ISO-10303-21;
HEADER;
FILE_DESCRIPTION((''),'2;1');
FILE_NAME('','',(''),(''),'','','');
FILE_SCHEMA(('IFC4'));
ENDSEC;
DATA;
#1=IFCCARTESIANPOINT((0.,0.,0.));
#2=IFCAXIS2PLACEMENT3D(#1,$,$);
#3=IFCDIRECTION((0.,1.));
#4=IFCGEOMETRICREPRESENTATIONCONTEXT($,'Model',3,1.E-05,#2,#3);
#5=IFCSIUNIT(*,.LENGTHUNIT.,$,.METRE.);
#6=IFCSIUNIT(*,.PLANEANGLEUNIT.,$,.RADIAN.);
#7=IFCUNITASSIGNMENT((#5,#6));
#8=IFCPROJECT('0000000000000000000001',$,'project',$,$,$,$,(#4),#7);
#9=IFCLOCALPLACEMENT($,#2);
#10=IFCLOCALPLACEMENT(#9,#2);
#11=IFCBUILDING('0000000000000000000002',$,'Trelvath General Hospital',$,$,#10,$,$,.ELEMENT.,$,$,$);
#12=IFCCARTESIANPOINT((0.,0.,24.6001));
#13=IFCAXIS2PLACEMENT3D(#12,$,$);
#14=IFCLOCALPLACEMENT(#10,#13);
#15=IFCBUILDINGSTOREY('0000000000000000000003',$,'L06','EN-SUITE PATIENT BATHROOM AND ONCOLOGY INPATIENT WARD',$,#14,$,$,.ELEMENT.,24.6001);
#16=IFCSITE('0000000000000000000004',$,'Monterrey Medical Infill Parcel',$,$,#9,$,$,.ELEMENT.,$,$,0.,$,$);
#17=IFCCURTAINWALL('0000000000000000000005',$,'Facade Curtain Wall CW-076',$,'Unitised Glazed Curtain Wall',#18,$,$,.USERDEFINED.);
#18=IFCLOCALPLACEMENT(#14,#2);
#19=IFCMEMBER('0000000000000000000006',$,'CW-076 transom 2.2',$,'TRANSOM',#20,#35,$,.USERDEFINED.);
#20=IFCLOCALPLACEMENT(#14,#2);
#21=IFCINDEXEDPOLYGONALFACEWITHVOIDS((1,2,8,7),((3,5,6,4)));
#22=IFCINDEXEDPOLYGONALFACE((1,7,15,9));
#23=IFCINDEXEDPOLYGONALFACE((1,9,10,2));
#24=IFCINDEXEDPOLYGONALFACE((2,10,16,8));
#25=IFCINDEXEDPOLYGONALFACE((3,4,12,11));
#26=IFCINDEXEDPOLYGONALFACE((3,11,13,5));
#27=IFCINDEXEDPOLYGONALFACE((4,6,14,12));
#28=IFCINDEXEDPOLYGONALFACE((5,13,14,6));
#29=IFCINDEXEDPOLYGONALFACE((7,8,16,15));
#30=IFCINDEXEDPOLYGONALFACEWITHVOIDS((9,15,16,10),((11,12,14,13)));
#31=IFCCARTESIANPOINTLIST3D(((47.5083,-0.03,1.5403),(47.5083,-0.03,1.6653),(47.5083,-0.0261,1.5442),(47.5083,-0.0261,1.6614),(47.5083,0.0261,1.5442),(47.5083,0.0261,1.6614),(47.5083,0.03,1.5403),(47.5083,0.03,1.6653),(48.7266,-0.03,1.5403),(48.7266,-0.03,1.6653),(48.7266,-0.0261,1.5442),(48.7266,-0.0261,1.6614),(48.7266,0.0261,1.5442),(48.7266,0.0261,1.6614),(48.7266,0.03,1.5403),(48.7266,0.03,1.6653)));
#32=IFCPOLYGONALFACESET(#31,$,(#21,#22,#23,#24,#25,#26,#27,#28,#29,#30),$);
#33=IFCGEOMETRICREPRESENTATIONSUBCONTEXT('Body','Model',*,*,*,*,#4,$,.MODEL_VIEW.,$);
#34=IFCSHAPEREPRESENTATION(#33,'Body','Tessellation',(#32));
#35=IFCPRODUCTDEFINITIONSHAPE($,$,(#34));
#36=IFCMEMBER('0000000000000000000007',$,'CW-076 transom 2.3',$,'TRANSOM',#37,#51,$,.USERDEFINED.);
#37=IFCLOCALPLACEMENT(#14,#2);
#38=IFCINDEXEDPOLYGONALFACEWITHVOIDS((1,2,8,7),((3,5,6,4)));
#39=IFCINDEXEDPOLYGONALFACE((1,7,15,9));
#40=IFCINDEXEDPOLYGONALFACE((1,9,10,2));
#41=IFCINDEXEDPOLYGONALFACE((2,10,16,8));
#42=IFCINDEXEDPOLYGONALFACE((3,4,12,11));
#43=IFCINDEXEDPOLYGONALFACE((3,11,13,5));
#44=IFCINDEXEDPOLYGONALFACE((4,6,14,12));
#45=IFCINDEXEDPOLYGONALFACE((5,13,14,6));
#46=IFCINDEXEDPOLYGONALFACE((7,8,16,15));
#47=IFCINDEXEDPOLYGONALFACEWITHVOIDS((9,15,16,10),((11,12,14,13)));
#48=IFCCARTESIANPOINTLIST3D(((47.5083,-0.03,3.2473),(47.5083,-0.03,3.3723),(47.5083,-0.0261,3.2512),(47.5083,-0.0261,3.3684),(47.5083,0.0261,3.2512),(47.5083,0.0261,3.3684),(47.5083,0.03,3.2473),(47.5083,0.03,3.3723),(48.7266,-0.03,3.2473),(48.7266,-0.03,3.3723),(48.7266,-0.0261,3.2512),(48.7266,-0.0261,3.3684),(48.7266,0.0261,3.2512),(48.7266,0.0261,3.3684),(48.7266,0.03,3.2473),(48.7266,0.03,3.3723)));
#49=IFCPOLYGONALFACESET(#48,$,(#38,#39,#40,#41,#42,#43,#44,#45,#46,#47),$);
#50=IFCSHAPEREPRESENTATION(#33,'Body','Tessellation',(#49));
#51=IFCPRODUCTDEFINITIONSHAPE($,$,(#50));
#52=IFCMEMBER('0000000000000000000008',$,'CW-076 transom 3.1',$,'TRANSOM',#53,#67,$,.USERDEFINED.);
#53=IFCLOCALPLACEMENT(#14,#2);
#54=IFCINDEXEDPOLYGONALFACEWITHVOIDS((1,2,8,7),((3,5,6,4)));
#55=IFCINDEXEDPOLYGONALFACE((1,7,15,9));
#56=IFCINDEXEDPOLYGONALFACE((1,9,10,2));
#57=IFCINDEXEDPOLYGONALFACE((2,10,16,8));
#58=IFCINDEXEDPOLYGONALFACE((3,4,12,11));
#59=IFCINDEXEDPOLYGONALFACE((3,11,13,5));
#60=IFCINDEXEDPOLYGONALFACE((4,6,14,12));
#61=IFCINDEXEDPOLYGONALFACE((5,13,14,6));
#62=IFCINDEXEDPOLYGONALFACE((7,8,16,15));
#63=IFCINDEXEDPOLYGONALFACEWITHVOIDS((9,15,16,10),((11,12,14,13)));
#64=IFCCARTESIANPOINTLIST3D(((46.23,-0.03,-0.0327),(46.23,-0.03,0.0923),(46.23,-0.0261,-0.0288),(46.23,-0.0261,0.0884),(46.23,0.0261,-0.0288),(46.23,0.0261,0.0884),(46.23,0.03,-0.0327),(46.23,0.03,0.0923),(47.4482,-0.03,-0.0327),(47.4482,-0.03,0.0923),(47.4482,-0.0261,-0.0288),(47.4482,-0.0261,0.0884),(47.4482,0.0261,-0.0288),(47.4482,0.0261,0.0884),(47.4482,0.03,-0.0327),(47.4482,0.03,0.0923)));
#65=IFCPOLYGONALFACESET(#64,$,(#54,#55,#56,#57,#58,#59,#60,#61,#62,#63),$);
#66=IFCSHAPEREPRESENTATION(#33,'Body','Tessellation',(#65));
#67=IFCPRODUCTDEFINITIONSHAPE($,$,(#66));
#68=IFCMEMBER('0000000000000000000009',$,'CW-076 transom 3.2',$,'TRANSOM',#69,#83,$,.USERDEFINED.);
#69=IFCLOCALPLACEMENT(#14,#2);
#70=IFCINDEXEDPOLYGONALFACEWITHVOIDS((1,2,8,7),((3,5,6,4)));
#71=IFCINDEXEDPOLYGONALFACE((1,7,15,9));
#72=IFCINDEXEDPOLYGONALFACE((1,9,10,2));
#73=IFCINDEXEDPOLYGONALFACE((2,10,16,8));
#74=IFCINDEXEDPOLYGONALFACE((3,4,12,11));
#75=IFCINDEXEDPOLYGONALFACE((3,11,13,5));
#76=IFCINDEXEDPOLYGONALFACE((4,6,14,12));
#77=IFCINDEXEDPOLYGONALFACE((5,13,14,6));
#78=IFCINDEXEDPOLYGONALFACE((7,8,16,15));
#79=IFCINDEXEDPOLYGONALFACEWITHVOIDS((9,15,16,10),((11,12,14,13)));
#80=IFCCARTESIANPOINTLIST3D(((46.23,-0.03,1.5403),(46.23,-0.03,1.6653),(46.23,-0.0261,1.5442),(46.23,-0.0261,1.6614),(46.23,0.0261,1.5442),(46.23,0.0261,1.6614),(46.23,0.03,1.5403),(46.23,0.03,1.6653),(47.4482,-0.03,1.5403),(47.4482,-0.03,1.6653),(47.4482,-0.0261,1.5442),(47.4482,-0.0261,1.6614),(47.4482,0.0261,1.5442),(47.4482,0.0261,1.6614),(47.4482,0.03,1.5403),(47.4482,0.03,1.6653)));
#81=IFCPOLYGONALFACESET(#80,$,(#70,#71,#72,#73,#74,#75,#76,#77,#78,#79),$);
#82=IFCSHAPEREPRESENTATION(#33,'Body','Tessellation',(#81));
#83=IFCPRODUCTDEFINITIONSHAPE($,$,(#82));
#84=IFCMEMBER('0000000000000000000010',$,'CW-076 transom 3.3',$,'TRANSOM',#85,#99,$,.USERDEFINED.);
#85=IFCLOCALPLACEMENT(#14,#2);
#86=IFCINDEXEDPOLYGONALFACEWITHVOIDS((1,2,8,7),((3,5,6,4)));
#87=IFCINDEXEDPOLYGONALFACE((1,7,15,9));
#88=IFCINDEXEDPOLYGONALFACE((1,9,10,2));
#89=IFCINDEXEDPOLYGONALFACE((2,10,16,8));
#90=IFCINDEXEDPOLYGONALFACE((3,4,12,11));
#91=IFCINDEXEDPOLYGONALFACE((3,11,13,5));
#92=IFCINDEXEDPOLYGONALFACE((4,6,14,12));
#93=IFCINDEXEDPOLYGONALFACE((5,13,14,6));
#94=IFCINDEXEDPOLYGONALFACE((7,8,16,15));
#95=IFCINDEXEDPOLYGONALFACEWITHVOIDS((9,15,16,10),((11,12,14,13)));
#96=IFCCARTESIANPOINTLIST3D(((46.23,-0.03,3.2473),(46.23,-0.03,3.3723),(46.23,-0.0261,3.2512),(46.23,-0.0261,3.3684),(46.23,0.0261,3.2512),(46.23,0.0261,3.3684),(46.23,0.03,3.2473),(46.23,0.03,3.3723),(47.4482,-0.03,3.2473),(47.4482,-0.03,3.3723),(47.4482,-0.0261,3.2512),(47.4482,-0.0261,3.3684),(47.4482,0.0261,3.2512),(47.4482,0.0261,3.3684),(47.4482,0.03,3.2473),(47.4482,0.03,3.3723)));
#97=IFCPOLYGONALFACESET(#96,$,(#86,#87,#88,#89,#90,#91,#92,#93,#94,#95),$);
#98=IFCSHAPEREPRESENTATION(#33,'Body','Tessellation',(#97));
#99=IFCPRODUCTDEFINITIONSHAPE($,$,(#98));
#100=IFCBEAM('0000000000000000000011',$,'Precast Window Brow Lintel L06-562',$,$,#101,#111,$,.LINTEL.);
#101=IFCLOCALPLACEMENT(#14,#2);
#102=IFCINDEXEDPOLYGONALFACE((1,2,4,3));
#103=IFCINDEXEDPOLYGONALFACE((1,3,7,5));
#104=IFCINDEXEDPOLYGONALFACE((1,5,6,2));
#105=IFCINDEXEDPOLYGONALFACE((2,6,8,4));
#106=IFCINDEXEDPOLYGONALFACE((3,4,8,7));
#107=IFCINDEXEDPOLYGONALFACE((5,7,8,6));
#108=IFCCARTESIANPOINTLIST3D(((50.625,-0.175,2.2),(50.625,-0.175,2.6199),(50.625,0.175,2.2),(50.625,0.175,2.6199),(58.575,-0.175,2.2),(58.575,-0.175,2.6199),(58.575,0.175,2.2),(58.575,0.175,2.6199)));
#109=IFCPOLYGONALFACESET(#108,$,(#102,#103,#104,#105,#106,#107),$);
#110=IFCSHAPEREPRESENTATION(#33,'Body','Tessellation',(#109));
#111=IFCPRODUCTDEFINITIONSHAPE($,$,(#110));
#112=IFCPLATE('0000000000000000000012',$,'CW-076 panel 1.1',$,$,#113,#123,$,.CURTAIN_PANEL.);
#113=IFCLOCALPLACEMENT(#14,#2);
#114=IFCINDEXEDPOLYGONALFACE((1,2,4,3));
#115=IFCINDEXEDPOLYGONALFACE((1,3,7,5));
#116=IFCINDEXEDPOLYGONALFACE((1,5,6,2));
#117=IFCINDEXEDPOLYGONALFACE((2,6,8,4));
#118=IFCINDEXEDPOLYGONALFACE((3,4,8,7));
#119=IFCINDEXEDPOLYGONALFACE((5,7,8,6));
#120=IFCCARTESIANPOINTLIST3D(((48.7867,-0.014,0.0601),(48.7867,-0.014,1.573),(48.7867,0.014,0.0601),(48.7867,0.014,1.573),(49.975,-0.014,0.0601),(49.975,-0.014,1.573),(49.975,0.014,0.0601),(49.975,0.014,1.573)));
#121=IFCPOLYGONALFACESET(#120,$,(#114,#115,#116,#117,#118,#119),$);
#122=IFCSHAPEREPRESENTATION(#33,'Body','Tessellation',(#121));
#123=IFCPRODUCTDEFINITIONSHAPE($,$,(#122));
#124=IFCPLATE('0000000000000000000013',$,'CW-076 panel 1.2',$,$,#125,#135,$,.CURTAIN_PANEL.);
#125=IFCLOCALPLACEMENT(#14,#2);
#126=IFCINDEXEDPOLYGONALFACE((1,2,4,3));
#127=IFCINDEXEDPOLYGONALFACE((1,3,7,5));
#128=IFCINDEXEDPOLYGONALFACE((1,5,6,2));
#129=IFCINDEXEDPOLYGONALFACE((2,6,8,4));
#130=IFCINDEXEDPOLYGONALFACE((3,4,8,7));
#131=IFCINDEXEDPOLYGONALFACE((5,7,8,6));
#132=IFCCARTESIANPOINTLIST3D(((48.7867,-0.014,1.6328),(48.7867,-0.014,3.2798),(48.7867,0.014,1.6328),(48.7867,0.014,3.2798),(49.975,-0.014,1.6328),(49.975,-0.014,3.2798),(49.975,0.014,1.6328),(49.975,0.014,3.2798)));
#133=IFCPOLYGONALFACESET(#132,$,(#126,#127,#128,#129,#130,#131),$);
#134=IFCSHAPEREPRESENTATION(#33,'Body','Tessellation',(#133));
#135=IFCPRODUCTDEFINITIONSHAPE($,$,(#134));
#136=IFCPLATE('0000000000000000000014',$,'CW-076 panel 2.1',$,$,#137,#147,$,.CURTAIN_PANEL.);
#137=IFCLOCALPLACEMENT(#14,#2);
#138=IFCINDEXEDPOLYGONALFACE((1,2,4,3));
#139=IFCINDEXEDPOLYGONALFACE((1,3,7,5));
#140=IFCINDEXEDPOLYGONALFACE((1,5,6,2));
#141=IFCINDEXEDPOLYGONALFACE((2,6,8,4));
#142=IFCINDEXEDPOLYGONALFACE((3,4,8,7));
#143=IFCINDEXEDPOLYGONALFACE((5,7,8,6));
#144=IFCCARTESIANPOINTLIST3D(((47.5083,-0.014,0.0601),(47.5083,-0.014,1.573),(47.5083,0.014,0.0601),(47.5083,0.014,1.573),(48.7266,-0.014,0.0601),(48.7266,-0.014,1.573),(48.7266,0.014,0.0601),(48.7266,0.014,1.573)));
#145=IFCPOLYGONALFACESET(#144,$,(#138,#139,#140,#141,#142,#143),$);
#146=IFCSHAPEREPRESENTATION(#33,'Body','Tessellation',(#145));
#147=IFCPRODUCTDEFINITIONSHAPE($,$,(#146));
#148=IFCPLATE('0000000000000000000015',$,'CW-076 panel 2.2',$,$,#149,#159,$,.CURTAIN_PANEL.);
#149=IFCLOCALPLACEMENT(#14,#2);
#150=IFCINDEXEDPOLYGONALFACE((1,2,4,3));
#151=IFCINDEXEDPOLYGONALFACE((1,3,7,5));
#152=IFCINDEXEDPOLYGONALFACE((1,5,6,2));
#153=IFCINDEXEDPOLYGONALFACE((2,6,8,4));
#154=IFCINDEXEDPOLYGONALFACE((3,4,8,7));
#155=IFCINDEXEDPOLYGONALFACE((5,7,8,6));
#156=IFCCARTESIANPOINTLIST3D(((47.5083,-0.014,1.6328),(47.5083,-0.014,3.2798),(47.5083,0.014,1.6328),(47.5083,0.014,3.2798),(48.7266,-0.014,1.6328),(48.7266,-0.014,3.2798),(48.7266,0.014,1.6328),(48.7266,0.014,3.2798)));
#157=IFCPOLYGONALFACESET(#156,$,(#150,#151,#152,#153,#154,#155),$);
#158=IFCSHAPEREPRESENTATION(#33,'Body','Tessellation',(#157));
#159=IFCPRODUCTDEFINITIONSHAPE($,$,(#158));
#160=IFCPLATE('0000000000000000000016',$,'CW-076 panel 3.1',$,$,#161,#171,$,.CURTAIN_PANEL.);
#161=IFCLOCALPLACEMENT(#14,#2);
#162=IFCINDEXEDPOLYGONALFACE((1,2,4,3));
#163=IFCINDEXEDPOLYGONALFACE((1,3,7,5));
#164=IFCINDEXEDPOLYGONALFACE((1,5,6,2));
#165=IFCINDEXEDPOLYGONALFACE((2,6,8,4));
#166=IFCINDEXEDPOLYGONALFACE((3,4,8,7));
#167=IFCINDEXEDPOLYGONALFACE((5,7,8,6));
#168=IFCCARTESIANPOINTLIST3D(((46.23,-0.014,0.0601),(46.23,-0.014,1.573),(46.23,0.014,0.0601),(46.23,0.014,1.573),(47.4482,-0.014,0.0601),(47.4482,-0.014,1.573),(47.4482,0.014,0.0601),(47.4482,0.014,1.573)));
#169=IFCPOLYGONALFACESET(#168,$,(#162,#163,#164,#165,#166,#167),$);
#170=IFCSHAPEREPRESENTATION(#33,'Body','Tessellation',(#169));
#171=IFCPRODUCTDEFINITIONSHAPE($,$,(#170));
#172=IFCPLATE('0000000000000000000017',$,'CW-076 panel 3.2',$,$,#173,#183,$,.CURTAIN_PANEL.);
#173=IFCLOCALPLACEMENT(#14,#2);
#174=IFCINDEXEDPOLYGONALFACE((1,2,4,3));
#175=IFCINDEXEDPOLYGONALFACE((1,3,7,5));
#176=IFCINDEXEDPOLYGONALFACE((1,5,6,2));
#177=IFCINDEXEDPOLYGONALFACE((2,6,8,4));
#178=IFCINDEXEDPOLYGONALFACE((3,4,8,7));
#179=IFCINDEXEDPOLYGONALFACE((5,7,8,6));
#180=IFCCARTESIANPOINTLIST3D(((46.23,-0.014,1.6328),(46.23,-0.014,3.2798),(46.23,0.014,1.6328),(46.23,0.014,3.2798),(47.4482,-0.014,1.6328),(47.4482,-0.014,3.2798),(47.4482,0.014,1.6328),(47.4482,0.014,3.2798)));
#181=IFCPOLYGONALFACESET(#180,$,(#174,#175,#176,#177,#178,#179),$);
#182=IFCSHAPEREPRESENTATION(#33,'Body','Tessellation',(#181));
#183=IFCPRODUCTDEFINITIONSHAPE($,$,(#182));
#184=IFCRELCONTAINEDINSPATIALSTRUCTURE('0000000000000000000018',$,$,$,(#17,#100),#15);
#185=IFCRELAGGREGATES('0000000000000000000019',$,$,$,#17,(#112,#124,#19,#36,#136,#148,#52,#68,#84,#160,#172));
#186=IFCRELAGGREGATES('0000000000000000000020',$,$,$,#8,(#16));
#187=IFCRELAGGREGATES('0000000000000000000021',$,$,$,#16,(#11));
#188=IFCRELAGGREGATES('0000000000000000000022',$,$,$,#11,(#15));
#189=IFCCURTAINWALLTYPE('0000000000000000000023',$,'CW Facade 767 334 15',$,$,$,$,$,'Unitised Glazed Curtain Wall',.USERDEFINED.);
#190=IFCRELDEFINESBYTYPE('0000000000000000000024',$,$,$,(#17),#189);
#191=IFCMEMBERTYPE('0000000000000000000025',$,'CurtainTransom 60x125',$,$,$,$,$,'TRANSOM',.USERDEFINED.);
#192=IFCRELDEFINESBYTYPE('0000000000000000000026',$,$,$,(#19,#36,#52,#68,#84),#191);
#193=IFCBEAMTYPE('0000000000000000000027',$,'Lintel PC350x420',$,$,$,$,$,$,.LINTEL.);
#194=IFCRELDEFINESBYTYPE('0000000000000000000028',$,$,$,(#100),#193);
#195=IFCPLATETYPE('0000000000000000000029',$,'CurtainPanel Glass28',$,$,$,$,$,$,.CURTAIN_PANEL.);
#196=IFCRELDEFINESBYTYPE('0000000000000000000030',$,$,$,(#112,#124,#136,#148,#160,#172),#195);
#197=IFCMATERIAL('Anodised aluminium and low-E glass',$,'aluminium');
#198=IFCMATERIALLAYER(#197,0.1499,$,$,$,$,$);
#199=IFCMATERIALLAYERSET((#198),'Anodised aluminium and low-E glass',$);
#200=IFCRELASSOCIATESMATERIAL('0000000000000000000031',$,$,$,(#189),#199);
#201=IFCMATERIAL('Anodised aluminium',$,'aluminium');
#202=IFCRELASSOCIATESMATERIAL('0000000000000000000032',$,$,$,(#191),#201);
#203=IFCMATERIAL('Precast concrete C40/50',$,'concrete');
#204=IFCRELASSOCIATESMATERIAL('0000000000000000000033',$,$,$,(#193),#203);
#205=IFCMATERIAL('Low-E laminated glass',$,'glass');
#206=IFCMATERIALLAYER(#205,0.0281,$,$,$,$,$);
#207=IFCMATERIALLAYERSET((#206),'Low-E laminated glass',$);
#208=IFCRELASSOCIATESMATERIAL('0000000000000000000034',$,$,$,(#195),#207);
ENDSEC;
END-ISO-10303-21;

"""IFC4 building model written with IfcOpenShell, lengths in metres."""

from ifc_helpers import new_model, si_unit, direction, frame, origin, origin_2d, place, context, subcontext, project, spatial, rectangle, hollow_rectangle, extrude, material, layer, layer_set, material_profile, profile_set, type_object, element, aggregate, save


model = new_model("IFC4")

# Units and contexts
model_context = context("Model", 3, precision=1e-05, world=origin(), true_north=direction((0.0, 1.0)))
body_context = subcontext(model_context, "Body", "Model", "MODEL_VIEW")
ifc_project = project(units=[si_unit("LENGTHUNIT", "METRE"), si_unit("PLANEANGLEUNIT", "RADIAN")], contexts=[model_context])

# Site, building, storey
site_placement = place(None, origin())
site = spatial("IfcSite", under=ifc_project, at=site_placement, Name="Monterrey Medical Infill Parcel", CompositionType="ELEMENT", RefElevation=0.0)
building_placement = place(site_placement, origin())
building = spatial("IfcBuilding", under=site, at=building_placement, Name="Trelvath General Hospital", CompositionType="ELEMENT")
storey_placement = place(building_placement, frame((0.0, 0.0, 24.6001)))
storey = spatial("IfcBuildingStorey", under=building, at=storey_placement, Name="L06", Description="EN-SUITE PATIENT BATHROOM AND ONCOLOGY INPATIENT WARD", CompositionType="ELEMENT", Elevation=24.6001)

# Curtain wall, members
ifc_material_1 = material(Name="Anodised aluminium and low-E glass", Category="aluminium")
ifc_layer_1 = layer(ifc_material_1, 0.1499)
ifc_layer_set_1 = layer_set([ifc_layer_1], Name="Anodised aluminium and low-E glass")
curtain_wall_type = type_object("IfcCurtainWallType", Name="CW Facade 767 334 15", ElementType="Unitised Glazed Curtain Wall", PredefinedType="USERDEFINED", material=ifc_layer_set_1)
curtain_wall_placement = place(storey_placement, origin())
curtain_wall = element("IfcCurtainWall", 1, at=curtain_wall_placement, inside=storey, type_object=curtain_wall_type, Name="Facade Curtain Wall CW-076", ObjectType="Unitised Glazed Curtain Wall", PredefinedType="USERDEFINED")
ifc_material_2 = material(Name="Anodised aluminium", Category="aluminium")
ifc_material_profile_1 = material_profile(ifc_material_2, hollow_rectangle(XDim=0.0601, YDim=0.125, WallThickness=0.0039, at=origin_2d()), Name="RHS60x125x4")
ifc_profile_set_1 = profile_set([ifc_material_profile_1], Name="Anodised aluminium")
member_type_1 = type_object("IfcMemberType", Name="CurtainTransom 60x125", ElementType="TRANSOM", PredefinedType="USERDEFINED", material=ifc_profile_set_1)
member_1_placement = place(storey_placement, frame((48.7266, 0.0, 1.6028), z_axis=(-1.0, 0.0, 0.0), x_axis=(0.0, -1.0, 0.0)))
member_1 = element("IfcMember", 2, at=member_1_placement, type_object=member_type_1, Name="CW-076 transom 2.2", ObjectType="TRANSOM", PredefinedType="USERDEFINED", context=body_context, shape_type="SweptSolid", body=[
    extrude(hollow_rectangle(XDim=0.0601, YDim=0.125, WallThickness=0.0039, at=origin_2d()), origin(), (0.0, 0.0, 1.0), 1.2183),
])
member_2_placement = place(storey_placement, frame((48.7266, 0.0, 3.3098), z_axis=(-1.0, 0.0, 0.0), x_axis=(0.0, -1.0, 0.0)))
member_2 = element("IfcMember", 3, at=member_2_placement, type_object=member_type_1, Name="CW-076 transom 2.3", ObjectType="TRANSOM", PredefinedType="USERDEFINED", context=body_context, shape_type="SweptSolid", body=[
    extrude(hollow_rectangle(XDim=0.0601, YDim=0.125, WallThickness=0.0039, at=origin_2d()), origin(), (0.0, 0.0, 1.0), 1.2183),
])
member_3_placement = place(storey_placement, frame((47.4482, 0.0, 0.0298), z_axis=(-1.0, 0.0, 0.0), x_axis=(0.0, -1.0, 0.0)))
member_3 = element("IfcMember", 4, at=member_3_placement, type_object=member_type_1, Name="CW-076 transom 3.1", ObjectType="TRANSOM", PredefinedType="USERDEFINED", context=body_context, shape_type="SweptSolid", body=[
    extrude(hollow_rectangle(XDim=0.0601, YDim=0.125, WallThickness=0.0039, at=origin_2d()), origin(), (0.0, 0.0, 1.0), 1.2183),
])
member_4_placement = place(storey_placement, frame((47.4482, 0.0, 1.6028), z_axis=(-1.0, 0.0, 0.0), x_axis=(0.0, -1.0, 0.0)))
member_4 = element("IfcMember", 5, at=member_4_placement, type_object=member_type_1, Name="CW-076 transom 3.2", ObjectType="TRANSOM", PredefinedType="USERDEFINED", context=body_context, shape_type="SweptSolid", body=[
    extrude(hollow_rectangle(XDim=0.0601, YDim=0.125, WallThickness=0.0039, at=origin_2d()), origin(), (0.0, 0.0, 1.0), 1.2183),
])
member_5_placement = place(storey_placement, frame((47.4482, 0.0, 3.3098), z_axis=(-1.0, 0.0, 0.0), x_axis=(0.0, -1.0, 0.0)))
member_5 = element("IfcMember", 6, at=member_5_placement, type_object=member_type_1, Name="CW-076 transom 3.3", ObjectType="TRANSOM", PredefinedType="USERDEFINED", context=body_context, shape_type="SweptSolid", body=[
    extrude(hollow_rectangle(XDim=0.0601, YDim=0.125, WallThickness=0.0039, at=origin_2d()), origin(), (0.0, 0.0, 1.0), 1.2183),
])

# Beam
ifc_material_3 = material(Name="Precast concrete C40/50", Category="concrete")
ifc_material_profile_2 = material_profile(ifc_material_3, rectangle(XDim=0.3501, YDim=0.4199, at=origin_2d()), Name="PCL350x420")
ifc_profile_set_2 = profile_set([ifc_material_profile_2], Name="Precast concrete C40/50")
beam_type_1 = type_object("IfcBeamType", Name="Lintel PC350x420", PredefinedType="LINTEL", material=ifc_profile_set_2)
beam_placement = place(storey_placement, frame((58.575, 0.0, 2.4099), z_axis=(-1.0, 0.0, 0.0), x_axis=(0.0, -1.0, 0.0)))
element("IfcBeam", 7, at=beam_placement, inside=storey, type_object=beam_type_1, Name="Precast Window Brow Lintel L06-562", PredefinedType="LINTEL", context=body_context, shape_type="SweptSolid", body=[
    extrude(rectangle(XDim=0.3501, YDim=0.4199, at=origin_2d()), origin(), (0.0, 0.0, 1.0), 7.95),
])

# Plates
ifc_material_4 = material(Name="Low-E laminated glass", Category="glass")
ifc_layer_2 = layer(ifc_material_4, 0.0281)
ifc_layer_set_2 = layer_set([ifc_layer_2], Name="Low-E laminated glass")
plate_type = type_object("IfcPlateType", Name="CurtainPanel Glass28", PredefinedType="CURTAIN_PANEL", material=ifc_layer_set_2)
plate_1_placement = place(storey_placement, frame((49.3809, 0.0, 0.0601), z_axis=(0.0, 0.0, 1.0), x_axis=(-1.0, 0.0, 0.0)))
plate_1 = element("IfcPlate", 8, at=plate_1_placement, type_object=plate_type, Name="CW-076 panel 1.1", PredefinedType="CURTAIN_PANEL", context=body_context, shape_type="SweptSolid", body=[
    extrude(rectangle(XDim=1.1882, YDim=0.0281, at=origin_2d()), origin(), (0.0, 0.0, 1.0), 1.5129),
])
plate_2_placement = place(storey_placement, frame((49.3809, 0.0, 1.6328), z_axis=(0.0, 0.0, 1.0), x_axis=(-1.0, 0.0, 0.0)))
plate_2 = element("IfcPlate", 9, at=plate_2_placement, type_object=plate_type, Name="CW-076 panel 1.2", PredefinedType="CURTAIN_PANEL", context=body_context, shape_type="SweptSolid", body=[
    extrude(rectangle(XDim=1.1882, YDim=0.0281, at=origin_2d()), origin(), (0.0, 0.0, 1.0), 1.647),
])
plate_3_placement = place(storey_placement, frame((48.1174, 0.0, 0.0601), z_axis=(0.0, 0.0, 1.0), x_axis=(-1.0, 0.0, 0.0)))
plate_3 = element("IfcPlate", 10, at=plate_3_placement, type_object=plate_type, Name="CW-076 panel 2.1", PredefinedType="CURTAIN_PANEL", context=body_context, shape_type="SweptSolid", body=[
    extrude(rectangle(XDim=1.2183, YDim=0.0281, at=origin_2d()), origin(), (0.0, 0.0, 1.0), 1.5129),
])
plate_4_placement = place(storey_placement, frame((48.1174, 0.0, 1.6328), z_axis=(0.0, 0.0, 1.0), x_axis=(-1.0, 0.0, 0.0)))
plate_4 = element("IfcPlate", 11, at=plate_4_placement, type_object=plate_type, Name="CW-076 panel 2.2", PredefinedType="CURTAIN_PANEL", context=body_context, shape_type="SweptSolid", body=[
    extrude(rectangle(XDim=1.2183, YDim=0.0281, at=origin_2d()), origin(), (0.0, 0.0, 1.0), 1.647),
])
plate_5_placement = place(storey_placement, frame((46.8391, 0.0, 0.0601), z_axis=(0.0, 0.0, 1.0), x_axis=(-1.0, 0.0, 0.0)))
plate_5 = element("IfcPlate", 12, at=plate_5_placement, type_object=plate_type, Name="CW-076 panel 3.1", PredefinedType="CURTAIN_PANEL", context=body_context, shape_type="SweptSolid", body=[
    extrude(rectangle(XDim=1.2183, YDim=0.0281, at=origin_2d()), origin(), (0.0, 0.0, 1.0), 1.5129),
])
plate_6_placement = place(storey_placement, frame((46.8391, 0.0, 1.6328), z_axis=(0.0, 0.0, 1.0), x_axis=(-1.0, 0.0, 0.0)))
plate_6 = element("IfcPlate", 13, at=plate_6_placement, type_object=plate_type, Name="CW-076 panel 3.2", PredefinedType="CURTAIN_PANEL", context=body_context, shape_type="SweptSolid", body=[
    extrude(rectangle(XDim=1.2183, YDim=0.0281, at=origin_2d()), origin(), (0.0, 0.0, 1.0), 1.647),
])
aggregate(curtain_wall, [plate_1, plate_2, member_1, member_2, plate_3, plate_4, member_3, member_4, member_5, plate_5, plate_6])

save(model, "model.ifc")
